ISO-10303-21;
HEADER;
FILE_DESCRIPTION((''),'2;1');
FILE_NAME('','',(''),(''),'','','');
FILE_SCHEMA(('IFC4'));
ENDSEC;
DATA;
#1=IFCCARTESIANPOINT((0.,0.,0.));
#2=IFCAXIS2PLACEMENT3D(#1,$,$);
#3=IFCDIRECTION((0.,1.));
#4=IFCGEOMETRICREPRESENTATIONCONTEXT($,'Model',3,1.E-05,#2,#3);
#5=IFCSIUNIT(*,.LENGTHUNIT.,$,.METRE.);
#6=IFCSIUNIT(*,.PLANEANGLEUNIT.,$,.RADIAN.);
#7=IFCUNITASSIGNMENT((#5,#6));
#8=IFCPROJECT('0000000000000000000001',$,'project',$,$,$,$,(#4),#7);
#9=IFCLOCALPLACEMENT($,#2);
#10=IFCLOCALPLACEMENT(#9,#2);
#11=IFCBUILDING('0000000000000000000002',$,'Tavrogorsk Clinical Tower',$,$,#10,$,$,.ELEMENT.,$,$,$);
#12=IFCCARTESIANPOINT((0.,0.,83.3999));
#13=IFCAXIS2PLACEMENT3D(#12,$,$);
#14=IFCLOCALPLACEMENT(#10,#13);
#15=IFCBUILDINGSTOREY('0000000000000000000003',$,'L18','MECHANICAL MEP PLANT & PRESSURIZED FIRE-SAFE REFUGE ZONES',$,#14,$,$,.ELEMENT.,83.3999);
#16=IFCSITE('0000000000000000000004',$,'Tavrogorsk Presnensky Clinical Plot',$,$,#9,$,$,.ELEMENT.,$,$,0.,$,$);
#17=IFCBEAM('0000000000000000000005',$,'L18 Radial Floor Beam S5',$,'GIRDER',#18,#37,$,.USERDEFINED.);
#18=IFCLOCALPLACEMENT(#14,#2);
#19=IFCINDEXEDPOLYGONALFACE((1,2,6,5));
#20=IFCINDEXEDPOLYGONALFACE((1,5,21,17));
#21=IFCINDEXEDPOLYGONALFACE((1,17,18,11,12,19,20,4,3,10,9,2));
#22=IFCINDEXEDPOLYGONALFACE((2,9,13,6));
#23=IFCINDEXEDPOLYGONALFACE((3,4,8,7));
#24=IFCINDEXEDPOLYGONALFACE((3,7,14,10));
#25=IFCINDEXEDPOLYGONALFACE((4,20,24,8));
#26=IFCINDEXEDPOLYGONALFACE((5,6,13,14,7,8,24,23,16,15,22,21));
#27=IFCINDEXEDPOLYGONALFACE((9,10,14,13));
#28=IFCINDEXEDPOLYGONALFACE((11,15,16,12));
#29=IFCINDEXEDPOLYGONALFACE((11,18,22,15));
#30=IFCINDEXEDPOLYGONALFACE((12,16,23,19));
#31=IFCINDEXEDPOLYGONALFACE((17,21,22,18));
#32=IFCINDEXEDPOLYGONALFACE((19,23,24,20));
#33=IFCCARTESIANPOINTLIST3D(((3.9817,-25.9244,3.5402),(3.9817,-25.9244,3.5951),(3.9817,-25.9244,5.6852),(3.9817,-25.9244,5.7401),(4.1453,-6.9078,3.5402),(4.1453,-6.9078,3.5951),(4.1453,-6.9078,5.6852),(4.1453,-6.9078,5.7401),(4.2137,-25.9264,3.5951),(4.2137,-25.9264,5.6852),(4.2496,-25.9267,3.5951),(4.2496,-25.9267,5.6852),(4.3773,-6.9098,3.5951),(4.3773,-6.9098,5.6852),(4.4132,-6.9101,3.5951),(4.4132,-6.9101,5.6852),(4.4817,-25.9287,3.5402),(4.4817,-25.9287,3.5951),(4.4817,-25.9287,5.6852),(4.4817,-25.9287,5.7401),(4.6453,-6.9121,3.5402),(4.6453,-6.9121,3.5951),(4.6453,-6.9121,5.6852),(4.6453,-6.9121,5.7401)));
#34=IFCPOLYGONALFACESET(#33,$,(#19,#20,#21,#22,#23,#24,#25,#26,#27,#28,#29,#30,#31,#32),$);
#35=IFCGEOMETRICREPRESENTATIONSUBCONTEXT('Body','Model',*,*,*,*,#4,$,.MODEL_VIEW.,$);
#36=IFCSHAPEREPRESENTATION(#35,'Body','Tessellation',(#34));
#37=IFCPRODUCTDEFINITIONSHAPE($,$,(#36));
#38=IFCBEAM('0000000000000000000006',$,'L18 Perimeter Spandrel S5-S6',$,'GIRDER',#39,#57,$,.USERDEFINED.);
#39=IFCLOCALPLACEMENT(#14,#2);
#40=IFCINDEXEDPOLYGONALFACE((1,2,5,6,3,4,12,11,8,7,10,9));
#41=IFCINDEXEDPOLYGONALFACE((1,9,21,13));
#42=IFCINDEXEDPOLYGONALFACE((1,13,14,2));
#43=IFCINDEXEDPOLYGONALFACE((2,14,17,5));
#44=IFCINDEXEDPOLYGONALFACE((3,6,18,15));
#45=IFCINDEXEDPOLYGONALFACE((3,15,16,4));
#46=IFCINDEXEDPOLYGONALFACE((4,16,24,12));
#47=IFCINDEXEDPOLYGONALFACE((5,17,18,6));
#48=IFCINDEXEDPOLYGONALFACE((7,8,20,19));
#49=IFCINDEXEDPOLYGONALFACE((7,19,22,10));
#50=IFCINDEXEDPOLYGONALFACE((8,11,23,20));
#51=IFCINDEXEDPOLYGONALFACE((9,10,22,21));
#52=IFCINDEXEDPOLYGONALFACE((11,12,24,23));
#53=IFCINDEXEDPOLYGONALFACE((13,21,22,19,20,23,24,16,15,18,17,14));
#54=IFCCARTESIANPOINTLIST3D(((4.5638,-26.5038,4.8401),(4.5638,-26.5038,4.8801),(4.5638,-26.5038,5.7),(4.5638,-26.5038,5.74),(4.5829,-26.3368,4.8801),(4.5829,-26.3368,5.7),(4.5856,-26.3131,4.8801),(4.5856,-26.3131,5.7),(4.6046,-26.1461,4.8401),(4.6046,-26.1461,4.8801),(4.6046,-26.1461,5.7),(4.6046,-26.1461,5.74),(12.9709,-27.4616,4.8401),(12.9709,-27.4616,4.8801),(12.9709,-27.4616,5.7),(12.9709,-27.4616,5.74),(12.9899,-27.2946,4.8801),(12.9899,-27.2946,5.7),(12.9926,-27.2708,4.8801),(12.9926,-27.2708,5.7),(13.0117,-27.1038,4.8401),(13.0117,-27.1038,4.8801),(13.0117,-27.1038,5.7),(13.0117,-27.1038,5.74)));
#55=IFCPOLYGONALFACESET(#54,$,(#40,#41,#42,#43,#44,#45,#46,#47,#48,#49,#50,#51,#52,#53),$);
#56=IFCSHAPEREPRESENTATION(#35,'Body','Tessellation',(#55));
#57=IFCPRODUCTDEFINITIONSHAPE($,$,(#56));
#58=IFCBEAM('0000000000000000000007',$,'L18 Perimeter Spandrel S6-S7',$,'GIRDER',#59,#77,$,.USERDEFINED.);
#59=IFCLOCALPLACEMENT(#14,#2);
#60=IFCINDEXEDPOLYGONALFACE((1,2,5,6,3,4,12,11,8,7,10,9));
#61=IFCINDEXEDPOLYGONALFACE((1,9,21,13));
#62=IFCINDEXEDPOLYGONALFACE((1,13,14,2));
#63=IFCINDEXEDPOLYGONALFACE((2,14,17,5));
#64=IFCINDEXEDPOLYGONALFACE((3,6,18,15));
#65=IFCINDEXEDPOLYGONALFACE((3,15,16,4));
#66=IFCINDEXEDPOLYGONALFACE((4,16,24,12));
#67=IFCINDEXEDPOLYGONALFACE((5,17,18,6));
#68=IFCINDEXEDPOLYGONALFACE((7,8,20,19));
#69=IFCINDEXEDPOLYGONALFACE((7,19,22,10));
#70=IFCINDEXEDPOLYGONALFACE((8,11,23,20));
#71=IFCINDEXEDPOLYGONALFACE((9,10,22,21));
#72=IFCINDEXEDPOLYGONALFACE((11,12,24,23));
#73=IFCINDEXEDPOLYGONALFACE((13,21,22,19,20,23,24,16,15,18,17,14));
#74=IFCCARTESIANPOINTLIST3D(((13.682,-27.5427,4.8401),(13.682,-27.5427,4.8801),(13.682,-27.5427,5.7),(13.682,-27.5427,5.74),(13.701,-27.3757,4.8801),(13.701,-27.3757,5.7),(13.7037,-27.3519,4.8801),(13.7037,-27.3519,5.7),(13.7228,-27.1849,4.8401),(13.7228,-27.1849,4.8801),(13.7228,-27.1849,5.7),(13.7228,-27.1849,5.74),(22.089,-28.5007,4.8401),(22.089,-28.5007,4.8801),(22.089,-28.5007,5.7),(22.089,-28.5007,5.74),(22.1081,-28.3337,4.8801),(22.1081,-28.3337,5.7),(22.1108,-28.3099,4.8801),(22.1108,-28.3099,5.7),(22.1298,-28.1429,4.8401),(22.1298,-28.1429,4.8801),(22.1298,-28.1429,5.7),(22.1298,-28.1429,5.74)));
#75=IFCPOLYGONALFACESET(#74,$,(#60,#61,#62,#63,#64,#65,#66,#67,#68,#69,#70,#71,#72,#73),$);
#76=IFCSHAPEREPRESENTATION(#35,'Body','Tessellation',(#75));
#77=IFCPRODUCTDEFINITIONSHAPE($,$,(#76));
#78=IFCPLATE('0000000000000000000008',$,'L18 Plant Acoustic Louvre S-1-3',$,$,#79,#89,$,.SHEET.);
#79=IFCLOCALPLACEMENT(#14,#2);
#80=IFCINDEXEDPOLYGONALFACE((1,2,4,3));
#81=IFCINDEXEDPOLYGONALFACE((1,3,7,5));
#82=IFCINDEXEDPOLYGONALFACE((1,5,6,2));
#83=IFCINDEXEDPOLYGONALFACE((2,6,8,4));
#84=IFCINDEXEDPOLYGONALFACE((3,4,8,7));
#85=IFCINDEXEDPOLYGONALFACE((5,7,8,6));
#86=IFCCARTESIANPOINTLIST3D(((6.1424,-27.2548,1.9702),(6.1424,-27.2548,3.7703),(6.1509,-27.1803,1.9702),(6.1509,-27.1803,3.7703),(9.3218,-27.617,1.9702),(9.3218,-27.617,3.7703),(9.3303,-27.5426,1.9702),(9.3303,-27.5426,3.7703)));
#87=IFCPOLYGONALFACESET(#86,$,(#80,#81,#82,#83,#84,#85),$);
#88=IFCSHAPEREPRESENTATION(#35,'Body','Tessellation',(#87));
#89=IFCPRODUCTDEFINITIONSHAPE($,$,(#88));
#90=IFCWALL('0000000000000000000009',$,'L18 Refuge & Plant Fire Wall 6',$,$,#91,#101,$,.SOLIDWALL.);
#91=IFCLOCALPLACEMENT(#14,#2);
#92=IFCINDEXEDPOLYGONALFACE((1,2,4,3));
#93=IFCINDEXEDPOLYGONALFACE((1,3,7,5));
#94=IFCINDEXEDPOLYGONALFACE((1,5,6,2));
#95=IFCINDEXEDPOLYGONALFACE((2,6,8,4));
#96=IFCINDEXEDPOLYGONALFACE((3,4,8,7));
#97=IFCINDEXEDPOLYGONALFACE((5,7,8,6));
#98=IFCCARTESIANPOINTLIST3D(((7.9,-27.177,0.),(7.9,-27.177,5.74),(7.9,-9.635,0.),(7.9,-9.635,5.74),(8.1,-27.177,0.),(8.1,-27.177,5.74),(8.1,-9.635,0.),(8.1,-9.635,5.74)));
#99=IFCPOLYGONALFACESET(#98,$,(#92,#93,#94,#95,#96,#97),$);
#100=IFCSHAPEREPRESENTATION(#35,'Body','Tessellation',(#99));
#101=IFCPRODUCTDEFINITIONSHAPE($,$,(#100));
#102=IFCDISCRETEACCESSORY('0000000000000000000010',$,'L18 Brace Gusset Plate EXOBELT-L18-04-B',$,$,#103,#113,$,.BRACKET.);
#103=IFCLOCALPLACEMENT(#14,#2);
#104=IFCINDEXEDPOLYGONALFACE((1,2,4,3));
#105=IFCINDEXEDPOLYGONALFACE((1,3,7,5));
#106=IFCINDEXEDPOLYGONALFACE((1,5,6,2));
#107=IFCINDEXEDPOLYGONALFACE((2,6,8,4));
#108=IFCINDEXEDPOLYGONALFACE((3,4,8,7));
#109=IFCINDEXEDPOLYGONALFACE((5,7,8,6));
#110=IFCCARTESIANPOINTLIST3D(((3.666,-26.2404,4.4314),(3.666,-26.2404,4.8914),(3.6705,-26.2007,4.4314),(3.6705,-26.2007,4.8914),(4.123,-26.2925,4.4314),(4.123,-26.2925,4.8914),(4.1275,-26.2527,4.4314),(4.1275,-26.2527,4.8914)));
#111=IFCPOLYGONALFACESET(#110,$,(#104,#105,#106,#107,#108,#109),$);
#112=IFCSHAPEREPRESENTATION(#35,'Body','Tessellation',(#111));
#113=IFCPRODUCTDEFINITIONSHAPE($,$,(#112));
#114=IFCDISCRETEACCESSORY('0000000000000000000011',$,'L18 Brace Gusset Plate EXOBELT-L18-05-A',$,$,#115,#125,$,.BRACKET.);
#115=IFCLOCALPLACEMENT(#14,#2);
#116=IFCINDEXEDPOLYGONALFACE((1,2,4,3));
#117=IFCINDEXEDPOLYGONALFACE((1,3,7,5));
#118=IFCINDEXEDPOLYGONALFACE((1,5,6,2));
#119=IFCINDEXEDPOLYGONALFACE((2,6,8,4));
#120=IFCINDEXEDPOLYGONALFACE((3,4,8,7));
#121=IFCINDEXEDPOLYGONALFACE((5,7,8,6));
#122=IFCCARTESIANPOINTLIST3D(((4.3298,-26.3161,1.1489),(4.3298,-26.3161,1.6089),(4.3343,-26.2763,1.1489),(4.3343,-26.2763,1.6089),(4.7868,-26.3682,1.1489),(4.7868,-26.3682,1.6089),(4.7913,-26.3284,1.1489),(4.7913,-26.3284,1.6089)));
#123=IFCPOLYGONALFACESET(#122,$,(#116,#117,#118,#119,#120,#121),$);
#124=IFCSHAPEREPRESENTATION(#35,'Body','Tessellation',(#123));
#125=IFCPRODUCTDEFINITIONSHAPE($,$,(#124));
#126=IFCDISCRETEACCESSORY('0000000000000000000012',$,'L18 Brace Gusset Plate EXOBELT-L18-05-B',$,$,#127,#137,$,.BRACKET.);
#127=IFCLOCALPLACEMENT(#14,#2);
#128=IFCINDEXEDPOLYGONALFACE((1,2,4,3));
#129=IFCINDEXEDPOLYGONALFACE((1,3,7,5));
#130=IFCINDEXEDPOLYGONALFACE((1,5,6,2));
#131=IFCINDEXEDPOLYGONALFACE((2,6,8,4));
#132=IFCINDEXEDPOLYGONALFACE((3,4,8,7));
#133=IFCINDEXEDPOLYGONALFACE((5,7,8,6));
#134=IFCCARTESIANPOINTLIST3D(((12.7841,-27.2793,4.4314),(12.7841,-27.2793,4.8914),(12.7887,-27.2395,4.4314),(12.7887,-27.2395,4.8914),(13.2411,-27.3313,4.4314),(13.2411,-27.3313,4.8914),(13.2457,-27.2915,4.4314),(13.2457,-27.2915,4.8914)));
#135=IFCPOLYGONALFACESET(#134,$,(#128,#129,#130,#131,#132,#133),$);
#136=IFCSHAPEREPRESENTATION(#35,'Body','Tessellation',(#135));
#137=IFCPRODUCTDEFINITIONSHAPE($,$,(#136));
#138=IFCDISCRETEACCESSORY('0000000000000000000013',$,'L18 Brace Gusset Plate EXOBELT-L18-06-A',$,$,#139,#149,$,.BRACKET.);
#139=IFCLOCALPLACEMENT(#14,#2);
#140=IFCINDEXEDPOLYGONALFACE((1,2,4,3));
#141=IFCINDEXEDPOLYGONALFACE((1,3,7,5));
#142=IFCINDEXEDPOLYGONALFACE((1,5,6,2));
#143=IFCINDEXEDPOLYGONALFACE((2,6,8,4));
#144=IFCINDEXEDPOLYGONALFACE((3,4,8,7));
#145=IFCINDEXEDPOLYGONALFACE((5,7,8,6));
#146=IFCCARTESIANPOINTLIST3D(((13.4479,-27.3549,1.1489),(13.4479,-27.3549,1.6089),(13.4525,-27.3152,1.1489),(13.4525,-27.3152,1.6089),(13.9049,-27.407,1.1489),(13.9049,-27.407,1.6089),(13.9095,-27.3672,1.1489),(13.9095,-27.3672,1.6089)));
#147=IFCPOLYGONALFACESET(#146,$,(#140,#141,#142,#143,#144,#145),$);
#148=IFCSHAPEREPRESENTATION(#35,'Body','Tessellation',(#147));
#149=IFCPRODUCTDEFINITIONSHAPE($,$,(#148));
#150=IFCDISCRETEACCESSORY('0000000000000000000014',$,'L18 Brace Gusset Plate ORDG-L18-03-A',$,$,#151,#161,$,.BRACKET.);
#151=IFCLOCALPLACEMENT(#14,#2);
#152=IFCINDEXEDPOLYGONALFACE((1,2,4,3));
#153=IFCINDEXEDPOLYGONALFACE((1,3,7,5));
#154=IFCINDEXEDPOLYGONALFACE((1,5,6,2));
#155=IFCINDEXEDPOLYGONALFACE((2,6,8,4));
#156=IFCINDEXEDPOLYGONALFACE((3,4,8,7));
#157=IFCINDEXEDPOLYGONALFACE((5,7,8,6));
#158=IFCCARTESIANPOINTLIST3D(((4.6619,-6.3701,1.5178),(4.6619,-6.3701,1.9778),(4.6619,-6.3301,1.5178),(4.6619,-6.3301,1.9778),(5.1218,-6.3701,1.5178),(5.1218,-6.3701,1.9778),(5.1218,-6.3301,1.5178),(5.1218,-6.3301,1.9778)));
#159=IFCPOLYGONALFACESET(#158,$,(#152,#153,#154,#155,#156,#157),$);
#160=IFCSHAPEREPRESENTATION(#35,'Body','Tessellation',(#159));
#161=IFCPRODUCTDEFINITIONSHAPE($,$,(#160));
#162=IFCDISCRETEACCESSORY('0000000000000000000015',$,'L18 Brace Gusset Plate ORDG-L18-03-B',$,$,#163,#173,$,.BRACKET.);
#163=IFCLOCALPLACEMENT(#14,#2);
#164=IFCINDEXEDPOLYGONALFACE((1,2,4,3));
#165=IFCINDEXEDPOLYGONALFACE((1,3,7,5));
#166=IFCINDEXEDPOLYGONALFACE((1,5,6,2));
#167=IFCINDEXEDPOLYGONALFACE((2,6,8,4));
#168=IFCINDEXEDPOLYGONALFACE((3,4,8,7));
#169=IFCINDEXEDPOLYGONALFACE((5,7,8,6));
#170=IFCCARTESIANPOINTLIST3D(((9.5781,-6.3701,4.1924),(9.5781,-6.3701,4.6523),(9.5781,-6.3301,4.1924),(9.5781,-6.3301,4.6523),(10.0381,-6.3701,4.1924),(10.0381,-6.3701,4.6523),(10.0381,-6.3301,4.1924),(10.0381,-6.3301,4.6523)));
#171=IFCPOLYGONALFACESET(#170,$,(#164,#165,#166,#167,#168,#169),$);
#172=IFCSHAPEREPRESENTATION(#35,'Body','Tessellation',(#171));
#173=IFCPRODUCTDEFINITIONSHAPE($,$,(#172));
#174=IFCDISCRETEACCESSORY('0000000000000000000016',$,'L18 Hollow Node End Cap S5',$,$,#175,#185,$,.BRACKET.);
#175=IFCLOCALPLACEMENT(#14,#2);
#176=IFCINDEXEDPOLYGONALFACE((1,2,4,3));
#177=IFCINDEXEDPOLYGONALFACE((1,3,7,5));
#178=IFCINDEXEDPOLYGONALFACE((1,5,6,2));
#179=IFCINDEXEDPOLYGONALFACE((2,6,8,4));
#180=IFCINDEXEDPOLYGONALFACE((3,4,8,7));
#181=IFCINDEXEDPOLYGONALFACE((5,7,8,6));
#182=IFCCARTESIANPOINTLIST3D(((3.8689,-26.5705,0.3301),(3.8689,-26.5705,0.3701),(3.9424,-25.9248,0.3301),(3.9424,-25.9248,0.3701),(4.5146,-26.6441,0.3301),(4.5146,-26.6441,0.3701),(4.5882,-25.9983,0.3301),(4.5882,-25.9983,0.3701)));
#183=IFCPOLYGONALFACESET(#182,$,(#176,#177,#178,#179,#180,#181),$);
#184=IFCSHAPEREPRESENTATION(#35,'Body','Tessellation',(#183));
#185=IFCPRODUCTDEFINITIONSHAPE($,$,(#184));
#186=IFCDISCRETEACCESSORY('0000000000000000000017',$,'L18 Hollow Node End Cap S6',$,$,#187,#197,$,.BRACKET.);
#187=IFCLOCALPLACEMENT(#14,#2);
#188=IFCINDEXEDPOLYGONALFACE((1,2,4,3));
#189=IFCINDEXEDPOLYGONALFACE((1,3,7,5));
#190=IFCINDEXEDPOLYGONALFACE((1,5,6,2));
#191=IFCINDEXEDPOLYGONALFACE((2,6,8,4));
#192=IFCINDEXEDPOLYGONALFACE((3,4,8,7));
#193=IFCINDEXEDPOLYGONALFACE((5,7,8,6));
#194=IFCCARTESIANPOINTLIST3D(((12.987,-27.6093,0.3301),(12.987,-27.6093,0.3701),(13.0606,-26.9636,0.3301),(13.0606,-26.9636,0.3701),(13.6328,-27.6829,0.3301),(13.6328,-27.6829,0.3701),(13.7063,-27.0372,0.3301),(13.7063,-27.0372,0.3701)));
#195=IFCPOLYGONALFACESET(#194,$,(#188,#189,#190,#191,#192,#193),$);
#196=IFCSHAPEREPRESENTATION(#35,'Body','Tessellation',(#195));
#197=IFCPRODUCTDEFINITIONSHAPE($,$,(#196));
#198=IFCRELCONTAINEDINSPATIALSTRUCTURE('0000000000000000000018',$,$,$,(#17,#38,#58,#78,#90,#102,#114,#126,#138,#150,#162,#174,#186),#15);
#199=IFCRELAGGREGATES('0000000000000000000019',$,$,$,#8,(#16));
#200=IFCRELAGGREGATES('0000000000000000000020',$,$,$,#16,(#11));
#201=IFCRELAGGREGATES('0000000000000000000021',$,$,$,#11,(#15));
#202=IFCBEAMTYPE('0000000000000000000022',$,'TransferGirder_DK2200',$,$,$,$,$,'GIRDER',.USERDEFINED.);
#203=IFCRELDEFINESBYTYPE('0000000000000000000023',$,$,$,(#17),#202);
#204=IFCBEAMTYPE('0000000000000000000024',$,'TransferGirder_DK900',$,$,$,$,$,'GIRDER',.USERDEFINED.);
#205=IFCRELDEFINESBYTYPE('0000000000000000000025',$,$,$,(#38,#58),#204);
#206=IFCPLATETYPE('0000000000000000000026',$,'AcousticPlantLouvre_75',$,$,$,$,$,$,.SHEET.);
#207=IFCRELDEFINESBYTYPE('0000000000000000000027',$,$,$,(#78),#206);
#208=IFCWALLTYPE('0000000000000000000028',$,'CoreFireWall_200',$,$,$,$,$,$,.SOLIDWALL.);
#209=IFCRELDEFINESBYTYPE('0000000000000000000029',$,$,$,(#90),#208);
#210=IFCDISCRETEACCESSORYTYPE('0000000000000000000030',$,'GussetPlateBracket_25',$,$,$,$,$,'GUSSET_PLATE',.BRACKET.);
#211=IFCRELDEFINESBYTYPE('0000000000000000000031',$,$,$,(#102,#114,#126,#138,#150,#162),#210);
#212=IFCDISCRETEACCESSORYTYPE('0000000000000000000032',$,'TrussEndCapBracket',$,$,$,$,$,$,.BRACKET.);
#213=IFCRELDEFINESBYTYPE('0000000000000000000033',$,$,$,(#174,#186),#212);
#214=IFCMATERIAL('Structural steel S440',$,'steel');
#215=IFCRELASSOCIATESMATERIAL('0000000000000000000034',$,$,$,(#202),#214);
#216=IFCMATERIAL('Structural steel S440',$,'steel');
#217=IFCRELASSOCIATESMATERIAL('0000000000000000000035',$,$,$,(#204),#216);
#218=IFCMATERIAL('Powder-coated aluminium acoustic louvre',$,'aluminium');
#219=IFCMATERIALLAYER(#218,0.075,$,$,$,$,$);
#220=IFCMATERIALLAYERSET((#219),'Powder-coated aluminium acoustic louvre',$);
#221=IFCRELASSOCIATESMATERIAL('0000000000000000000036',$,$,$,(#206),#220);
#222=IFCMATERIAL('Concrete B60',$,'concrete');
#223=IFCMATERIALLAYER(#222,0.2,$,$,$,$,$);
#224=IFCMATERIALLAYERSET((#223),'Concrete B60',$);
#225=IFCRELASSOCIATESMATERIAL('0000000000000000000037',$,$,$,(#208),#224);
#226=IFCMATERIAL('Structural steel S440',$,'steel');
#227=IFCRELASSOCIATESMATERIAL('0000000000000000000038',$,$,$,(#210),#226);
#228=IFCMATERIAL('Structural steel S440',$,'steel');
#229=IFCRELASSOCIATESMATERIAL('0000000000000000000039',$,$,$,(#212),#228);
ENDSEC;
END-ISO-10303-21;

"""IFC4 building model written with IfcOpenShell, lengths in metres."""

from ifc_helpers import new_model, si_unit, direction, frame, frame_2d, origin, origin_2d, place, context, subcontext, project, spatial, rectangle, i_section, extrude, material, layer, layer_set, material_profile, profile_set, type_object, element, save


model = new_model("IFC4")

# Units and contexts
model_context = context("Model", 3, precision=1e-05, world=origin(), true_north=direction((0.0, 1.0)))
body_context = subcontext(model_context, "Body", "Model", "MODEL_VIEW")
ifc_project = project(units=[si_unit("LENGTHUNIT", "METRE"), si_unit("PLANEANGLEUNIT", "RADIAN")], contexts=[model_context])

# Site, building, storey
site_placement = place(None, origin())
site = spatial("IfcSite", under=ifc_project, at=site_placement, Name="Tavrogorsk Presnensky Clinical Plot", CompositionType="ELEMENT", RefElevation=0.0)
building_placement = place(site_placement, origin())
building = spatial("IfcBuilding", under=site, at=building_placement, Name="Tavrogorsk Clinical Tower", CompositionType="ELEMENT")
storey_placement = place(building_placement, frame((0.0, 0.0, 83.3999)))
storey = spatial("IfcBuildingStorey", under=building, at=storey_placement, Name="L18", Description="MECHANICAL MEP PLANT & PRESSURIZED FIRE-SAFE REFUGE ZONES", CompositionType="ELEMENT", Elevation=83.3999)

# Beams
ifc_material_1 = material(Name="Structural steel S440", Category="steel")
ifc_material_profile_1 = material_profile(ifc_material_1, i_section(OverallWidth=0.5, OverallDepth=2.2, WebThickness=0.0359, FlangeThickness=0.0549, at=origin_2d()), Name="DK-2200x500x36x55")
ifc_profile_set_1 = profile_set([ifc_material_profile_1], Name="Structural steel S440")
beam_type_1 = type_object("IfcBeamType", Name="TransferGirder_DK2200", ElementType="GIRDER", PredefinedType="USERDEFINED", material=ifc_profile_set_1)
beam_1_placement = place(storey_placement, frame((4.3953, -6.9099, 4.6401), z_axis=(-0.008601, -0.999963, 0.0), x_axis=(0.999963, -0.008601, 0.0)))
element("IfcBeam", 1, at=beam_1_placement, inside=storey, type_object=beam_type_1, Name="L18 Radial Floor Beam S5", ObjectType="GIRDER", PredefinedType="USERDEFINED", context=body_context, shape_type="SweptSolid", body=[
    extrude(i_section(OverallWidth=0.5, OverallDepth=2.2, WebThickness=0.0359, FlangeThickness=0.0549, at=origin_2d()), origin(), (0.0, 0.0, 1.0), 19.0173),
])
ifc_material_2 = material(Name="Structural steel S440", Category="steel")
ifc_material_profile_2 = material_profile(ifc_material_2, i_section(OverallWidth=0.3601, OverallDepth=0.8999, WebThickness=0.0239, FlangeThickness=0.04, at=origin_2d()), Name="DK-900x360x24x40")
ifc_profile_set_2 = profile_set([ifc_material_profile_2], Name="Structural steel S440")
beam_type_2 = type_object("IfcBeamType", Name="TransferGirder_DK900", ElementType="GIRDER", PredefinedType="USERDEFINED", material=ifc_profile_set_2)
for number, where, z_axis, x_axis, name in (
    (2, (4.5842, -26.325, 5.29), (0.993573, -0.113193, 0.0), (0.113193, 0.993573, 0.0), "L18 Perimeter Spandrel S5-S6"),
    (3, (13.7024, -27.3638, 5.29), (0.99357, -0.113221, 0.0), (0.113221, 0.99357, 0.0), "L18 Perimeter Spandrel S6-S7"),
):
    element("IfcBeam", number, at=place(storey_placement, frame(where, z_axis=z_axis, x_axis=x_axis)), inside=storey, type_object=beam_type_2, Name=name, ObjectType="GIRDER", PredefinedType="USERDEFINED", context=body_context, shape_type="SweptSolid", body=[
        extrude(i_section(OverallWidth=0.3601, OverallDepth=0.8999, WebThickness=0.0239, FlangeThickness=0.04, at=origin_2d()), origin(), (0.0, 0.0, 1.0), 8.4614),
    ])

# Plate
ifc_material_3 = material(Name="Powder-coated aluminium acoustic louvre", Category="aluminium")
ifc_layer_1 = layer(ifc_material_3, 0.075)
ifc_layer_set_1 = layer_set([ifc_layer_1], Name="Powder-coated aluminium acoustic louvre")
plate_type = type_object("IfcPlateType", Name="AcousticPlantLouvre_75", PredefinedType="SHEET", material=ifc_layer_set_1)
plate_placement = place(storey_placement, frame((7.7363, -27.3987, 1.9702), z_axis=(0.0, 0.0, 1.0), x_axis=(0.993572, -0.113204, 0.0)))
element("IfcPlate", 4, at=plate_placement, inside=storey, type_object=plate_type, Name="L18 Plant Acoustic Louvre S-1-3", PredefinedType="SHEET", context=body_context, shape_type="SweptSolid", body=[
    extrude(rectangle(XDim=3.2, YDim=0.075, at=origin_2d()), origin(), (0.0, 0.0, 1.0), 1.8),
])

# Wall
ifc_material_4 = material(Name="Concrete B60", Category="concrete")
ifc_layer_2 = layer(ifc_material_4, 0.2)
ifc_layer_set_2 = layer_set([ifc_layer_2], Name="Concrete B60")
wall_type = type_object("IfcWallType", Name="CoreFireWall_200", PredefinedType="SOLIDWALL", material=ifc_layer_set_2)
wall_placement = place(storey_placement, frame((8.0, -27.177, 0.0), z_axis=(0.0, 0.0, 1.0), x_axis=(0.0, 1.0, 0.0)))
element("IfcWall", 5, at=wall_placement, inside=storey, type_object=wall_type, Name="L18 Refuge & Plant Fire Wall 6", PredefinedType="SOLIDWALL", context=body_context, shape_type="SweptSolid", body=[
    extrude(rectangle(XDim=17.542, YDim=0.2, at=frame_2d((8.771, 0.0))), origin(), (0.0, 0.0, 1.0), 5.74),
])

# Discrete accessories
ifc_material_5 = material(Name="Structural steel S440", Category="steel")
discrete_accessory_type_1 = type_object("IfcDiscreteAccessoryType", Name="GussetPlateBracket_25", ElementType="GUSSET_PLATE", PredefinedType="BRACKET", material=ifc_material_5)
for number, where, z_axis, x_axis, name in (
    (6, (3.8967, -26.2466, 4.4314), (0.0, 0.0, 1.0), (0.993572, -0.113203, 0.0), "L18 Brace Gusset Plate EXOBELT-L18-04-B"),
    (7, (4.5605, -26.3223, 1.1489), (0.0, 0.0, 1.0), (0.993572, -0.113203, 0.0), "L18 Brace Gusset Plate EXOBELT-L18-05-A"),
    (8, (13.0149, -27.2854, 4.4314), (0.0, 0.0, 1.0), (0.993572, -0.113203, 0.0), "L18 Brace Gusset Plate EXOBELT-L18-05-B"),
    (9, (13.6787, -27.3611, 1.1489), (0.0, 0.0, 1.0), (0.993572, -0.113203, 0.0), "L18 Brace Gusset Plate EXOBELT-L18-06-A"),
    (10, (4.8918, -6.3501, 1.5178), (0.0, 0.0, 1.0), (1.0, 0.0, 0.0), "L18 Brace Gusset Plate ORDG-L18-03-A"),
    (11, (9.8081, -6.3501, 4.1924), (0.0, 0.0, 1.0), (1.0, 0.0, 0.0), "L18 Brace Gusset Plate ORDG-L18-03-B"),
):
    element("IfcDiscreteAccessory", number, at=place(storey_placement, frame(where, z_axis=z_axis, x_axis=x_axis)), inside=storey, type_object=discrete_accessory_type_1, Name=name, PredefinedType="BRACKET", context=body_context, shape_type="SweptSolid", body=[
        extrude(rectangle(XDim=0.46, YDim=0.04, at=origin_2d()), origin(), (0.0, 0.0, 1.0), 0.46),
    ])
ifc_material_6 = material(Name="Structural steel S440", Category="steel")
discrete_accessory_type_2 = type_object("IfcDiscreteAccessoryType", Name="TrussEndCapBracket", PredefinedType="BRACKET", material=ifc_material_6)
for number, where, z_axis, x_axis, name in (
    (12, (4.2285, -26.2844, 0.3301), (0.0, 0.0, 1.0), (0.993572, -0.113203, 0.0), "L18 Hollow Node End Cap S5"),
    (13, (13.3467, -27.3232, 0.3301), (0.0, 0.0, 1.0), (0.993572, -0.113203, 0.0), "L18 Hollow Node End Cap S6"),
):
    element("IfcDiscreteAccessory", number, at=place(storey_placement, frame(where, z_axis=z_axis, x_axis=x_axis)), inside=storey, type_object=discrete_accessory_type_2, Name=name, PredefinedType="BRACKET", context=body_context, shape_type="SweptSolid", body=[
        extrude(rectangle(XDim=0.6499, YDim=0.6499, at=origin_2d()), origin(), (0.0, 0.0, 1.0), 0.04),
    ])

save(model, "model.ifc")
